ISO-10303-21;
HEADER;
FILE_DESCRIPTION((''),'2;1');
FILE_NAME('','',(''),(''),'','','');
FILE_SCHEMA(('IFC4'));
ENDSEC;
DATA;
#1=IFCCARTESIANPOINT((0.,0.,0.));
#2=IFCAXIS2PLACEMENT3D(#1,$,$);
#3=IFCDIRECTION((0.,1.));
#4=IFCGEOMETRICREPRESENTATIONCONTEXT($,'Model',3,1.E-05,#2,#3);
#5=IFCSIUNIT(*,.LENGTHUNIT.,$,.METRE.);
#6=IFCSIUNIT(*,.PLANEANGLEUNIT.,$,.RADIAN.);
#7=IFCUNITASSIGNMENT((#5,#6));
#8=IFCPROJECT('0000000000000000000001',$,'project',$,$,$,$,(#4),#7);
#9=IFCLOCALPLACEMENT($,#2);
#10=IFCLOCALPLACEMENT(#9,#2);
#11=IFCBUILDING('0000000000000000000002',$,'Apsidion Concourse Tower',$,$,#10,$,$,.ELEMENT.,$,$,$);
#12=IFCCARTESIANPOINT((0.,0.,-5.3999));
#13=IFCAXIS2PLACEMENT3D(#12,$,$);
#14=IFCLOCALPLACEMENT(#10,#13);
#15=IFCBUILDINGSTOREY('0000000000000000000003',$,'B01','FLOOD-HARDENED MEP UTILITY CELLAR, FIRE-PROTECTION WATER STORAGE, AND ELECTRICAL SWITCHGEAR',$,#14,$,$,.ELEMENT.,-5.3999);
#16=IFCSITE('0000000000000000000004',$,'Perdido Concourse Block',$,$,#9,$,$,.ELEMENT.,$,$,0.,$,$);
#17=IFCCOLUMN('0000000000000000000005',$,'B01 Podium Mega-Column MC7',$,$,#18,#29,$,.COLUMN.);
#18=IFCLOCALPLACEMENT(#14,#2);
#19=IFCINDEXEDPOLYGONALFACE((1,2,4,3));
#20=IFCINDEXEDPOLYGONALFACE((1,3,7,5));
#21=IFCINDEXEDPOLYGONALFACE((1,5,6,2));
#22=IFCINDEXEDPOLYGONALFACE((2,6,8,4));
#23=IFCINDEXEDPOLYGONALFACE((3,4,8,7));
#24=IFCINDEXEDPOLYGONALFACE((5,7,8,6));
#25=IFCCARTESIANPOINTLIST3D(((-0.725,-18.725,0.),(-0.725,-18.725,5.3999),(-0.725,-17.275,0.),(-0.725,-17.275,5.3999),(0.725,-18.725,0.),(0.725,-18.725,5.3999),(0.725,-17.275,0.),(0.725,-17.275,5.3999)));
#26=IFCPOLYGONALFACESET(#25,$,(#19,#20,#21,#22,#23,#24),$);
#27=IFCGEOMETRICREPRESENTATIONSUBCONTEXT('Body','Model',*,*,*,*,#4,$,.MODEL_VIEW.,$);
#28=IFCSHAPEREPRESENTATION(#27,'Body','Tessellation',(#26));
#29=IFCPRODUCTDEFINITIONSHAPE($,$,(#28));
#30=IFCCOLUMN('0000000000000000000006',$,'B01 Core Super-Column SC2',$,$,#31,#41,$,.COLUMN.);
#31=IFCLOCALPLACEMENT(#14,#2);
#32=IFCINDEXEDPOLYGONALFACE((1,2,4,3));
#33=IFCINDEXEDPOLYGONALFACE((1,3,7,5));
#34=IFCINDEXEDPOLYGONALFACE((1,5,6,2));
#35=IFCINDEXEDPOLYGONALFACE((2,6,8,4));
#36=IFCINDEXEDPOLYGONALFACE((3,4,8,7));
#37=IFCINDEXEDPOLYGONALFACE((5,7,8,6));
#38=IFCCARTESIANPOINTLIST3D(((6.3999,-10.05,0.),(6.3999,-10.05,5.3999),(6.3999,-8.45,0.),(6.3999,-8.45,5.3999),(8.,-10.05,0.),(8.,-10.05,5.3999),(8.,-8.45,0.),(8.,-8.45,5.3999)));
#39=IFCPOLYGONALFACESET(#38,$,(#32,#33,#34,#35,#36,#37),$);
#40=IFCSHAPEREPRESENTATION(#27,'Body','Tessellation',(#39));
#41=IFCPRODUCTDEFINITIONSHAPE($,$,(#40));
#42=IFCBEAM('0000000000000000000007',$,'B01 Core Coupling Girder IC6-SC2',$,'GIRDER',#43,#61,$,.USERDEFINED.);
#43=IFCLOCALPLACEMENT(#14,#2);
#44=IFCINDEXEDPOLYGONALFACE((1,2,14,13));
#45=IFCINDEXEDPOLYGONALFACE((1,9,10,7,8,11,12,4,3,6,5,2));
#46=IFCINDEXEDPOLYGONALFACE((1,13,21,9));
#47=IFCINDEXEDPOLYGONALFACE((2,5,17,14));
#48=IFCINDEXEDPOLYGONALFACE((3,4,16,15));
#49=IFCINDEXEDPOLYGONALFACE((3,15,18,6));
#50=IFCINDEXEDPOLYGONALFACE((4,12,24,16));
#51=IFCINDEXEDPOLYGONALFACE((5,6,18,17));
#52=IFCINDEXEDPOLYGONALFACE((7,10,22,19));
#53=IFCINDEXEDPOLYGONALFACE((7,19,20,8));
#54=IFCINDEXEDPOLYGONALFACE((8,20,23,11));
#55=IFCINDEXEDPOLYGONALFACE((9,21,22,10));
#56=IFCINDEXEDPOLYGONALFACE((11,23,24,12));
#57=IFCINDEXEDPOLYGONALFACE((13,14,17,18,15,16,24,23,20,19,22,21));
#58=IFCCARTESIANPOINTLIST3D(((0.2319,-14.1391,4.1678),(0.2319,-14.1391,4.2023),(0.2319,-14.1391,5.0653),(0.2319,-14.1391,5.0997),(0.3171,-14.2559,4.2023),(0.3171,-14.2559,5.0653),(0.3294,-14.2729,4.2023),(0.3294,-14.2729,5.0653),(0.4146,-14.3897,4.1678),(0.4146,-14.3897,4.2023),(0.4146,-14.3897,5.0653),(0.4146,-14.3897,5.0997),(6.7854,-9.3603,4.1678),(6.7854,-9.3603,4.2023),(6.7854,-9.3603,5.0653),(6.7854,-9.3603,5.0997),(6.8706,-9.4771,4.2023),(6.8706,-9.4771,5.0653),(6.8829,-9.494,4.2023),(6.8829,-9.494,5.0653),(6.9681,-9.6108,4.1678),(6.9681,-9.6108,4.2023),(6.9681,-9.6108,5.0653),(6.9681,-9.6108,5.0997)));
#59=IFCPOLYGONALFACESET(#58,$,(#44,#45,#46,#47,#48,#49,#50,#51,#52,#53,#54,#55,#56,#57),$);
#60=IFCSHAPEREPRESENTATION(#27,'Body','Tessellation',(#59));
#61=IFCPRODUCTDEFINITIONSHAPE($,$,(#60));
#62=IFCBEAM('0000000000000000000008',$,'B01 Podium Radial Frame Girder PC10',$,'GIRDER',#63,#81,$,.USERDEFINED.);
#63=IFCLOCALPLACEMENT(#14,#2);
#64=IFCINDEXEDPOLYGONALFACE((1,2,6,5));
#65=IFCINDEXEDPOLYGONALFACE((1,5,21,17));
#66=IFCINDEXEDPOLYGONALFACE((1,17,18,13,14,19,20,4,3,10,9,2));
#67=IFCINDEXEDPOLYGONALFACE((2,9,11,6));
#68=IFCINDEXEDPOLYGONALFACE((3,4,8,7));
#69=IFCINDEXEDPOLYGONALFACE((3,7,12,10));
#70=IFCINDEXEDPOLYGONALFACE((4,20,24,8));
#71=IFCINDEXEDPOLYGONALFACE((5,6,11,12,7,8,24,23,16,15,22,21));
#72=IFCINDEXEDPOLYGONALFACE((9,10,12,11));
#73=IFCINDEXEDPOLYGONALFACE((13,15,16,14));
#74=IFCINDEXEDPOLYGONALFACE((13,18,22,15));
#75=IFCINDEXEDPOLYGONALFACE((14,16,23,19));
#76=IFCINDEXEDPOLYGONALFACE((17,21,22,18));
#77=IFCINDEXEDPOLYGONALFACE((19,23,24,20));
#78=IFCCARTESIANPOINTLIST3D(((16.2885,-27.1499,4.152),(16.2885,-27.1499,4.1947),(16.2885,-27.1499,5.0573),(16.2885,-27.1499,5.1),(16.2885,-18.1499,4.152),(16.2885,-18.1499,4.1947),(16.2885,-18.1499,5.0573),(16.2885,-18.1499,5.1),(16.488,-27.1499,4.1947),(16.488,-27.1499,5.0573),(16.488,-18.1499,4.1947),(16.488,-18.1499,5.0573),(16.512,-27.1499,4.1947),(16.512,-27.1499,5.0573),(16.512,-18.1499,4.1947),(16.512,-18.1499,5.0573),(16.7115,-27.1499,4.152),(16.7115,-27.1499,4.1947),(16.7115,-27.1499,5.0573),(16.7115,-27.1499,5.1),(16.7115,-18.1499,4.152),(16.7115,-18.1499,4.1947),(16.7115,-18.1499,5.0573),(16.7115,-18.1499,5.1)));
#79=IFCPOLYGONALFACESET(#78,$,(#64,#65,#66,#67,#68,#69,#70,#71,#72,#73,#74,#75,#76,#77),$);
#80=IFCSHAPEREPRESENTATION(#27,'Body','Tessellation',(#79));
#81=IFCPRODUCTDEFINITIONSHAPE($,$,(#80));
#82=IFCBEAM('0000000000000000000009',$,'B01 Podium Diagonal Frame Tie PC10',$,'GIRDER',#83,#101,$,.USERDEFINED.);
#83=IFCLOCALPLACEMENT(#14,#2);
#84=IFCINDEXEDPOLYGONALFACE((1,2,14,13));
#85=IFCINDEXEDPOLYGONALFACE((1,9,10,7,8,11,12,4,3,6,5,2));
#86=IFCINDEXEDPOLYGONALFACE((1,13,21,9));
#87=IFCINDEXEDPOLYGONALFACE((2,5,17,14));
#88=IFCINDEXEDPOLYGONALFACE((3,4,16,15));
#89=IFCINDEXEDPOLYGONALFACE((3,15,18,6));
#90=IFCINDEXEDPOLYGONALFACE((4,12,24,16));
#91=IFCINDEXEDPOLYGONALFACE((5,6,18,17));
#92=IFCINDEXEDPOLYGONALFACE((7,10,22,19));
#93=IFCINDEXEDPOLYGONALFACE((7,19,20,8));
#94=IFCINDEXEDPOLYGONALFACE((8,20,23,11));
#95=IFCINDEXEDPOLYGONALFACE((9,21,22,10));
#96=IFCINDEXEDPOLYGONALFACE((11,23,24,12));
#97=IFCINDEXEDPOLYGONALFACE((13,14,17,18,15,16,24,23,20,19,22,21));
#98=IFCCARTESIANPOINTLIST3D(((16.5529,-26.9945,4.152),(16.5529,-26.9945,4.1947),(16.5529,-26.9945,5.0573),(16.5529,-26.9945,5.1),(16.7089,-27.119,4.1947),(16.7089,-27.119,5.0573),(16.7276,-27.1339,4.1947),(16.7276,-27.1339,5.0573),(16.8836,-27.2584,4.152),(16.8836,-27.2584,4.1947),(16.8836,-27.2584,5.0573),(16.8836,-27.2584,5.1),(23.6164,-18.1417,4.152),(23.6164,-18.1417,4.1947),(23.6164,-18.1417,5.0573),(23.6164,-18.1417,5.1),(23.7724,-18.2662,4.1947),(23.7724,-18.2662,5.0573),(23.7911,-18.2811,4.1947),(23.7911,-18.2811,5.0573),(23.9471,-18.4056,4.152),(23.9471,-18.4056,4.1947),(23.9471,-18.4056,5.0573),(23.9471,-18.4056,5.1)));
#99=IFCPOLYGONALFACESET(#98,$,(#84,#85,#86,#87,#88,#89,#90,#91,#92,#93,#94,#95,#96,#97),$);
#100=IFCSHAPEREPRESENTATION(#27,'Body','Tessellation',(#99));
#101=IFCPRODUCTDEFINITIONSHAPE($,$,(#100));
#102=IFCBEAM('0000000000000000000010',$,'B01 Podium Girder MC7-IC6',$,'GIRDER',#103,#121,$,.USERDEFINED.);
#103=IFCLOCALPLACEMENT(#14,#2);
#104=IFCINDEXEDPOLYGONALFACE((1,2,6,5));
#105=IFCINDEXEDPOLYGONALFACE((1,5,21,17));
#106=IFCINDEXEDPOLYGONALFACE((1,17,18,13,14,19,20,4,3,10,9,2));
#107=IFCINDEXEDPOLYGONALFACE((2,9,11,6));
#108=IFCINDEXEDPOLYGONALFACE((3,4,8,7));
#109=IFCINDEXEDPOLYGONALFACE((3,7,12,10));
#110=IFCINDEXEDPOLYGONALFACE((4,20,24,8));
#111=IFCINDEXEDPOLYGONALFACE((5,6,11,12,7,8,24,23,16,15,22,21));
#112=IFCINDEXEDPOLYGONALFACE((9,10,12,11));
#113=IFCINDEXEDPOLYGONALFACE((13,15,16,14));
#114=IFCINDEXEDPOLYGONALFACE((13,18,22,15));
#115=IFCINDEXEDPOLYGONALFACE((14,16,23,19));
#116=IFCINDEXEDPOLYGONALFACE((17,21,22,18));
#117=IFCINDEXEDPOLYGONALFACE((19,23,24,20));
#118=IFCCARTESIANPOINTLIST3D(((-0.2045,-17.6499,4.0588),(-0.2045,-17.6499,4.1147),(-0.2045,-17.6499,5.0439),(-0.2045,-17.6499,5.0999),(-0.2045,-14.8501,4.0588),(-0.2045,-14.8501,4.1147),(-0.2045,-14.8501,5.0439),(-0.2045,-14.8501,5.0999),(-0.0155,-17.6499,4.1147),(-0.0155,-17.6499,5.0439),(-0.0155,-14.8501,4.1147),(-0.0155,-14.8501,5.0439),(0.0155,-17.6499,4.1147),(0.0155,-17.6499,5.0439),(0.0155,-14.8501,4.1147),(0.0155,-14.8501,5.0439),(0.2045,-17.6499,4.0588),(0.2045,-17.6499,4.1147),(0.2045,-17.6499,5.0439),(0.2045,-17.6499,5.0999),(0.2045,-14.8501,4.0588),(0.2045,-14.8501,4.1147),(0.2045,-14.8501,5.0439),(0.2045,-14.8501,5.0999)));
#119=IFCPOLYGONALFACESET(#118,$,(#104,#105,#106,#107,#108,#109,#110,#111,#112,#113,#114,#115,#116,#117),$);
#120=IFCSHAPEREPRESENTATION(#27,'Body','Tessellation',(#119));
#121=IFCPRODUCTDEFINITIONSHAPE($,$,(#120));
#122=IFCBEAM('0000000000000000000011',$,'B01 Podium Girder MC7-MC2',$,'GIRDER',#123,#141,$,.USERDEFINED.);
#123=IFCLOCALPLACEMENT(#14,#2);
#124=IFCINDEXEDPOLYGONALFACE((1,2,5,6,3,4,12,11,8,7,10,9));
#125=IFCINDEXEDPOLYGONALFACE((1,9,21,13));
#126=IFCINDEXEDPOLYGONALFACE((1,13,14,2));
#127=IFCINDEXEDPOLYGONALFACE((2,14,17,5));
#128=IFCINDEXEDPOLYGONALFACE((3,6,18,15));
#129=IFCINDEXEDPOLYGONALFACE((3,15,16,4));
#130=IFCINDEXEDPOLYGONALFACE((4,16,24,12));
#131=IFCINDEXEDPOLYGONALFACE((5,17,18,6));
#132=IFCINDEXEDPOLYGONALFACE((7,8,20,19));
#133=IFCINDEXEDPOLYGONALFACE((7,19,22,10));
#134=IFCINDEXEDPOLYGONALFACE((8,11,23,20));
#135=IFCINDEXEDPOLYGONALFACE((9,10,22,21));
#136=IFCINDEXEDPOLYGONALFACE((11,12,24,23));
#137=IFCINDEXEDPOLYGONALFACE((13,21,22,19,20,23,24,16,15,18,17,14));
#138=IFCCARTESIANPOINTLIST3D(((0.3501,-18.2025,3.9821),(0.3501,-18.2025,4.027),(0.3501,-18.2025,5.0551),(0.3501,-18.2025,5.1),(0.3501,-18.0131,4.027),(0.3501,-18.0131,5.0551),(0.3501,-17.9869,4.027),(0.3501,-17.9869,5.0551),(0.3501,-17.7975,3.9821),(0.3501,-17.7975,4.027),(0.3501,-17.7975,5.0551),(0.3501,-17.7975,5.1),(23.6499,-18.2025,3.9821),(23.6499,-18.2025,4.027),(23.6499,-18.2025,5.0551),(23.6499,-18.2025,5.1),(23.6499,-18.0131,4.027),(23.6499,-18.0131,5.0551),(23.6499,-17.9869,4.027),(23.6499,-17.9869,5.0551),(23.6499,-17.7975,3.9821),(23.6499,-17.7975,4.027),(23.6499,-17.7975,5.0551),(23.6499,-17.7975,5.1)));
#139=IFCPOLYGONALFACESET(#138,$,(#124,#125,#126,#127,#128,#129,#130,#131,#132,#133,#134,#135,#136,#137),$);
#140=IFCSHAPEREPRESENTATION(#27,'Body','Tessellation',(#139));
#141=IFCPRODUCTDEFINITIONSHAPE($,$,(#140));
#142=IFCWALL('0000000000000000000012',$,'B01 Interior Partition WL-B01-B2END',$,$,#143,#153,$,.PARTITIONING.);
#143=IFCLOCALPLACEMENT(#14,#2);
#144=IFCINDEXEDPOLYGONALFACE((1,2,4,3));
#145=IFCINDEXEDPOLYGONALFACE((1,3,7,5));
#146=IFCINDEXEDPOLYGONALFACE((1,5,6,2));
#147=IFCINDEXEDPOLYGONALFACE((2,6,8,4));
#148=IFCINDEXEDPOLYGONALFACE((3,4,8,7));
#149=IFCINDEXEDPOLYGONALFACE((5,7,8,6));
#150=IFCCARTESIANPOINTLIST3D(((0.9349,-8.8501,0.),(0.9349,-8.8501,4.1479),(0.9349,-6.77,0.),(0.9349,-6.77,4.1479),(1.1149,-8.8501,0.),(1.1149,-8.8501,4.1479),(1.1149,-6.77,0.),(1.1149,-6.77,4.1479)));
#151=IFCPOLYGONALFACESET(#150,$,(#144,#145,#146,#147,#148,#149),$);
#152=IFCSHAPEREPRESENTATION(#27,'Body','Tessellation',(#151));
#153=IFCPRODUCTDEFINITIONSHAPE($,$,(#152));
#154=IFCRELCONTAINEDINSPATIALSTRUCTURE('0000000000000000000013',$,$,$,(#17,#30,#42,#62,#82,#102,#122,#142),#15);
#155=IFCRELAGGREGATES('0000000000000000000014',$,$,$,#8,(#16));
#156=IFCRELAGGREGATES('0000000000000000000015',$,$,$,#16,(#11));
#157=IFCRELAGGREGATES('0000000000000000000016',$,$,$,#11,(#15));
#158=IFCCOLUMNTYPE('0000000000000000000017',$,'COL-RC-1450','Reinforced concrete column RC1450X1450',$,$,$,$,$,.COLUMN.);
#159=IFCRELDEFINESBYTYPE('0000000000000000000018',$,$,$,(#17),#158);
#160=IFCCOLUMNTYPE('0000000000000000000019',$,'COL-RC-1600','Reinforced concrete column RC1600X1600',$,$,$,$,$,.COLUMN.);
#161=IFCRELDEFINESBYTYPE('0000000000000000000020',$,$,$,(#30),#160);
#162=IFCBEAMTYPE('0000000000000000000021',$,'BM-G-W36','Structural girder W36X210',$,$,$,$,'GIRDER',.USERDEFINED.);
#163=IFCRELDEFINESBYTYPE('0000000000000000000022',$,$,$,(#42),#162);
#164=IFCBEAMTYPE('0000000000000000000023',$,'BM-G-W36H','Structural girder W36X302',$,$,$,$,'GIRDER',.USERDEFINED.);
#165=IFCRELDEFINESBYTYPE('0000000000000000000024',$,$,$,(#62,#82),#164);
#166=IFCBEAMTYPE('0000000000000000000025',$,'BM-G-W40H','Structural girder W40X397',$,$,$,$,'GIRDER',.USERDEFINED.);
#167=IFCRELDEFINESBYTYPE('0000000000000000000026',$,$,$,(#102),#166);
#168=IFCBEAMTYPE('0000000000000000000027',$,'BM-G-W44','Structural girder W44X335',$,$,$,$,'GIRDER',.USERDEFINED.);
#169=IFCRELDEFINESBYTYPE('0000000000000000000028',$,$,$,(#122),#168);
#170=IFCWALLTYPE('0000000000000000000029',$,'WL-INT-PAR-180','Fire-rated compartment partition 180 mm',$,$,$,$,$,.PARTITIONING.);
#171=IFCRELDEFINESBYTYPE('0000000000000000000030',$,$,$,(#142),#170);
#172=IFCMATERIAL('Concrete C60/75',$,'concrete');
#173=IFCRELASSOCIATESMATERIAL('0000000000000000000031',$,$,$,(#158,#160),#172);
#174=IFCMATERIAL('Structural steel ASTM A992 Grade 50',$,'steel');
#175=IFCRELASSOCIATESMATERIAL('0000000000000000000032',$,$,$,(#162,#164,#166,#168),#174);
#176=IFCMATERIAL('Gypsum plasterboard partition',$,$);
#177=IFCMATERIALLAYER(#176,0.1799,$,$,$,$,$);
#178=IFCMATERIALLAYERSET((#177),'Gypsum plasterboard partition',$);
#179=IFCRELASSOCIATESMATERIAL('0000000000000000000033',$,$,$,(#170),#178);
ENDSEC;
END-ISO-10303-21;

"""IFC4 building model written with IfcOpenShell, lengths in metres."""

from ifc_helpers import new_model, si_unit, direction, frame, frame_2d, origin, origin_2d, place, context, subcontext, project, spatial, rectangle, i_section, extrude, material, layer, layer_set, material_profile, profile_set, type_object, element, save


model = new_model("IFC4")

# Units and contexts
model_context = context("Model", 3, precision=1e-05, world=origin(), true_north=direction((0.0, 1.0)))
body_context = subcontext(model_context, "Body", "Model", "MODEL_VIEW")
ifc_project = project(units=[si_unit("LENGTHUNIT", "METRE"), si_unit("PLANEANGLEUNIT", "RADIAN")], contexts=[model_context])

# Site, building, storey
site_placement = place(None, origin())
site = spatial("IfcSite", under=ifc_project, at=site_placement, Name="Perdido Concourse Block", CompositionType="ELEMENT", RefElevation=0.0)
building_placement = place(site_placement, origin())
building = spatial("IfcBuilding", under=site, at=building_placement, Name="Apsidion Concourse Tower", CompositionType="ELEMENT")
storey_placement = place(building_placement, frame((0.0, 0.0, -5.3999)))
storey = spatial("IfcBuildingStorey", under=building, at=storey_placement, Name="B01", Description="FLOOD-HARDENED MEP UTILITY CELLAR, FIRE-PROTECTION WATER STORAGE, AND ELECTRICAL SWITCHGEAR", CompositionType="ELEMENT", Elevation=-5.3999)

# Columns
ifc_material_1 = material(Name="Concrete C60/75", Category="concrete")
ifc_material_profile_1 = material_profile(ifc_material_1, rectangle(XDim=1.45, YDim=1.45, at=origin_2d()), Name="RC 1450x1450")
ifc_profile_set_1 = profile_set([ifc_material_profile_1], Name="Concrete C60/75")
column_type_1 = type_object("IfcColumnType", Name="COL-RC-1450", Description="Reinforced concrete column RC1450X1450", PredefinedType="COLUMN", material=ifc_profile_set_1)
column_1_placement = place(storey_placement, frame((0.0, -18.0, 0.0), z_axis=(0.0, 0.0, 1.0), x_axis=(1.0, 0.0, 0.0)))
element("IfcColumn", 1, at=column_1_placement, inside=storey, type_object=column_type_1, Name="B01 Podium Mega-Column MC7", PredefinedType="COLUMN", context=body_context, shape_type="SweptSolid", body=[
    extrude(rectangle(XDim=1.45, YDim=1.45, at=origin_2d()), origin(), (0.0, 0.0, 1.0), 5.3999),
])
ifc_material_profile_2 = material_profile(ifc_material_1, rectangle(XDim=1.6001, YDim=1.6001, at=origin_2d()), Name="RC 1600x1600")
ifc_profile_set_2 = profile_set([ifc_material_profile_2], Name="Concrete C60/75")
column_type_2 = type_object("IfcColumnType", Name="COL-RC-1600", Description="Reinforced concrete column RC1600X1600", PredefinedType="COLUMN", material=ifc_profile_set_2)
column_2_placement = place(storey_placement, frame((7.2, -9.25, 0.0), z_axis=(0.0, 0.0, 1.0), x_axis=(1.0, 0.0, 0.0)))
element("IfcColumn", 2, at=column_2_placement, inside=storey, type_object=column_type_2, Name="B01 Core Super-Column SC2", PredefinedType="COLUMN", context=body_context, shape_type="SweptSolid", body=[
    extrude(rectangle(XDim=1.6001, YDim=1.6001, at=origin_2d()), origin(), (0.0, 0.0, 1.0), 5.3999),
])

# Beams
ifc_material_2 = material(Name="Structural steel ASTM A992 Grade 50", Category="steel")
ifc_material_profile_3 = material_profile(ifc_material_2, i_section(OverallWidth=0.3101, OverallDepth=0.9319, WebThickness=0.021, FlangeThickness=0.0344, at=origin_2d()), Name="W36X210")
ifc_profile_set_3 = profile_set([ifc_material_profile_3], Name="Structural steel ASTM A992 Grade 50")
beam_type_1 = type_object("IfcBeamType", Name="BM-G-W36", Description="Structural girder W36X210", ElementType="GIRDER", PredefinedType="USERDEFINED", material=ifc_profile_set_3)
beam_1_placement = place(storey_placement, frame((0.3232, -14.2644, 4.6338), z_axis=(0.807993, 0.589191, 0.0), x_axis=(-0.589191, 0.807993, 0.0)))
element("IfcBeam", 3, at=beam_1_placement, inside=storey, type_object=beam_type_1, Name="B01 Core Coupling Girder IC6-SC2", ObjectType="GIRDER", PredefinedType="USERDEFINED", context=body_context, shape_type="SweptSolid", body=[
    extrude(i_section(OverallWidth=0.3101, OverallDepth=0.9319, WebThickness=0.021, FlangeThickness=0.0344, at=origin_2d()), origin(), (0.0, 0.0, 1.0), 8.1108),
])
ifc_material_profile_4 = material_profile(ifc_material_2, i_section(OverallWidth=0.4231, OverallDepth=0.948, WebThickness=0.0239, FlangeThickness=0.0427, at=origin_2d()), Name="W36X302")
ifc_profile_set_4 = profile_set([ifc_material_profile_4], Name="Structural steel ASTM A992 Grade 50")
beam_type_2 = type_object("IfcBeamType", Name="BM-G-W36H", Description="Structural girder W36X302", ElementType="GIRDER", PredefinedType="USERDEFINED", material=ifc_profile_set_4)
beam_2_placement = place(storey_placement, frame((16.5, -27.1499, 4.626), z_axis=(0.0, 1.0, 0.0), x_axis=(-1.0, 0.0, 0.0)))
element("IfcBeam", 4, at=beam_2_placement, inside=storey, type_object=beam_type_2, Name="B01 Podium Radial Frame Girder PC10", ObjectType="GIRDER", PredefinedType="USERDEFINED", context=body_context, shape_type="SweptSolid", body=[
    extrude(i_section(OverallWidth=0.4231, OverallDepth=0.948, WebThickness=0.0239, FlangeThickness=0.0427, at=origin_2d()), origin(), (0.0, 0.0, 1.0), 9.0),
])
beam_3_placement = place(storey_placement, frame((16.7183, -27.1265, 4.626), z_axis=(0.623685, 0.781676, 0.0), x_axis=(-0.781676, 0.623685, 0.0)))
element("IfcBeam", 5, at=beam_3_placement, inside=storey, type_object=beam_type_2, Name="B01 Podium Diagonal Frame Tie PC10", ObjectType="GIRDER", PredefinedType="USERDEFINED", context=body_context, shape_type="SweptSolid", body=[
    extrude(i_section(OverallWidth=0.4231, OverallDepth=0.948, WebThickness=0.0239, FlangeThickness=0.0427, at=origin_2d()), origin(), (0.0, 0.0, 1.0), 11.3254),
])
ifc_material_profile_5 = material_profile(ifc_material_2, i_section(OverallWidth=0.4089, OverallDepth=1.041, WebThickness=0.031, FlangeThickness=0.0559, at=origin_2d()), Name="W40X397")
ifc_profile_set_5 = profile_set([ifc_material_profile_5], Name="Structural steel ASTM A992 Grade 50")
beam_type_3 = type_object("IfcBeamType", Name="BM-G-W40H", Description="Structural girder W40X397", ElementType="GIRDER", PredefinedType="USERDEFINED", material=ifc_profile_set_5)
beam_4_placement = place(storey_placement, frame((0.0, -17.6499, 4.5793), z_axis=(0.0, 1.0, 0.0), x_axis=(-1.0, 0.0, 0.0)))
element("IfcBeam", 6, at=beam_4_placement, inside=storey, type_object=beam_type_3, Name="B01 Podium Girder MC7-IC6", ObjectType="GIRDER", PredefinedType="USERDEFINED", context=body_context, shape_type="SweptSolid", body=[
    extrude(i_section(OverallWidth=0.4089, OverallDepth=1.041, WebThickness=0.031, FlangeThickness=0.0559, at=origin_2d()), origin(), (0.0, 0.0, 1.0), 2.7998),
])
ifc_material_profile_6 = material_profile(ifc_material_2, i_section(OverallWidth=0.405, OverallDepth=1.1179, WebThickness=0.0261, FlangeThickness=0.0449, at=origin_2d()), Name="W44X335")
ifc_profile_set_6 = profile_set([ifc_material_profile_6], Name="Structural steel ASTM A992 Grade 50")
beam_type_4 = type_object("IfcBeamType", Name="BM-G-W44", Description="Structural girder W44X335", ElementType="GIRDER", PredefinedType="USERDEFINED", material=ifc_profile_set_6)
beam_5_placement = place(storey_placement, frame((0.3501, -18.0, 4.541), z_axis=(1.0, 0.0, 0.0), x_axis=(0.0, 1.0, 0.0)))
element("IfcBeam", 7, at=beam_5_placement, inside=storey, type_object=beam_type_4, Name="B01 Podium Girder MC7-MC2", ObjectType="GIRDER", PredefinedType="USERDEFINED", context=body_context, shape_type="SweptSolid", body=[
    extrude(i_section(OverallWidth=0.405, OverallDepth=1.1179, WebThickness=0.0261, FlangeThickness=0.0449, at=origin_2d()), origin(), (0.0, 0.0, 1.0), 23.2998),
])

# Wall
ifc_material_3 = material(Name="Gypsum plasterboard partition")
ifc_layer_1 = layer(ifc_material_3, 0.1799)
ifc_layer_set_1 = layer_set([ifc_layer_1], Name="Gypsum plasterboard partition")
wall_type_1 = type_object("IfcWallType", Name="WL-INT-PAR-180", Description="Fire-rated compartment partition 180 mm", PredefinedType="PARTITIONING", material=ifc_layer_set_1)
wall_1_placement = place(storey_placement, frame((1.0249, -8.8501, 0.0), z_axis=(0.0, 0.0, 1.0), x_axis=(0.0, 1.0, 0.0)))
element("IfcWall", 8, at=wall_1_placement, inside=storey, type_object=wall_type_1, Name="B01 Interior Partition WL-B01-B2END", PredefinedType="PARTITIONING", context=body_context, shape_type="SweptSolid", body=[
    extrude(rectangle(XDim=2.0801, YDim=0.1799, at=frame_2d((1.04, 0.0))), origin(), (0.0, 0.0, 1.0), 4.1479),
])

save(model, "model.ifc")
